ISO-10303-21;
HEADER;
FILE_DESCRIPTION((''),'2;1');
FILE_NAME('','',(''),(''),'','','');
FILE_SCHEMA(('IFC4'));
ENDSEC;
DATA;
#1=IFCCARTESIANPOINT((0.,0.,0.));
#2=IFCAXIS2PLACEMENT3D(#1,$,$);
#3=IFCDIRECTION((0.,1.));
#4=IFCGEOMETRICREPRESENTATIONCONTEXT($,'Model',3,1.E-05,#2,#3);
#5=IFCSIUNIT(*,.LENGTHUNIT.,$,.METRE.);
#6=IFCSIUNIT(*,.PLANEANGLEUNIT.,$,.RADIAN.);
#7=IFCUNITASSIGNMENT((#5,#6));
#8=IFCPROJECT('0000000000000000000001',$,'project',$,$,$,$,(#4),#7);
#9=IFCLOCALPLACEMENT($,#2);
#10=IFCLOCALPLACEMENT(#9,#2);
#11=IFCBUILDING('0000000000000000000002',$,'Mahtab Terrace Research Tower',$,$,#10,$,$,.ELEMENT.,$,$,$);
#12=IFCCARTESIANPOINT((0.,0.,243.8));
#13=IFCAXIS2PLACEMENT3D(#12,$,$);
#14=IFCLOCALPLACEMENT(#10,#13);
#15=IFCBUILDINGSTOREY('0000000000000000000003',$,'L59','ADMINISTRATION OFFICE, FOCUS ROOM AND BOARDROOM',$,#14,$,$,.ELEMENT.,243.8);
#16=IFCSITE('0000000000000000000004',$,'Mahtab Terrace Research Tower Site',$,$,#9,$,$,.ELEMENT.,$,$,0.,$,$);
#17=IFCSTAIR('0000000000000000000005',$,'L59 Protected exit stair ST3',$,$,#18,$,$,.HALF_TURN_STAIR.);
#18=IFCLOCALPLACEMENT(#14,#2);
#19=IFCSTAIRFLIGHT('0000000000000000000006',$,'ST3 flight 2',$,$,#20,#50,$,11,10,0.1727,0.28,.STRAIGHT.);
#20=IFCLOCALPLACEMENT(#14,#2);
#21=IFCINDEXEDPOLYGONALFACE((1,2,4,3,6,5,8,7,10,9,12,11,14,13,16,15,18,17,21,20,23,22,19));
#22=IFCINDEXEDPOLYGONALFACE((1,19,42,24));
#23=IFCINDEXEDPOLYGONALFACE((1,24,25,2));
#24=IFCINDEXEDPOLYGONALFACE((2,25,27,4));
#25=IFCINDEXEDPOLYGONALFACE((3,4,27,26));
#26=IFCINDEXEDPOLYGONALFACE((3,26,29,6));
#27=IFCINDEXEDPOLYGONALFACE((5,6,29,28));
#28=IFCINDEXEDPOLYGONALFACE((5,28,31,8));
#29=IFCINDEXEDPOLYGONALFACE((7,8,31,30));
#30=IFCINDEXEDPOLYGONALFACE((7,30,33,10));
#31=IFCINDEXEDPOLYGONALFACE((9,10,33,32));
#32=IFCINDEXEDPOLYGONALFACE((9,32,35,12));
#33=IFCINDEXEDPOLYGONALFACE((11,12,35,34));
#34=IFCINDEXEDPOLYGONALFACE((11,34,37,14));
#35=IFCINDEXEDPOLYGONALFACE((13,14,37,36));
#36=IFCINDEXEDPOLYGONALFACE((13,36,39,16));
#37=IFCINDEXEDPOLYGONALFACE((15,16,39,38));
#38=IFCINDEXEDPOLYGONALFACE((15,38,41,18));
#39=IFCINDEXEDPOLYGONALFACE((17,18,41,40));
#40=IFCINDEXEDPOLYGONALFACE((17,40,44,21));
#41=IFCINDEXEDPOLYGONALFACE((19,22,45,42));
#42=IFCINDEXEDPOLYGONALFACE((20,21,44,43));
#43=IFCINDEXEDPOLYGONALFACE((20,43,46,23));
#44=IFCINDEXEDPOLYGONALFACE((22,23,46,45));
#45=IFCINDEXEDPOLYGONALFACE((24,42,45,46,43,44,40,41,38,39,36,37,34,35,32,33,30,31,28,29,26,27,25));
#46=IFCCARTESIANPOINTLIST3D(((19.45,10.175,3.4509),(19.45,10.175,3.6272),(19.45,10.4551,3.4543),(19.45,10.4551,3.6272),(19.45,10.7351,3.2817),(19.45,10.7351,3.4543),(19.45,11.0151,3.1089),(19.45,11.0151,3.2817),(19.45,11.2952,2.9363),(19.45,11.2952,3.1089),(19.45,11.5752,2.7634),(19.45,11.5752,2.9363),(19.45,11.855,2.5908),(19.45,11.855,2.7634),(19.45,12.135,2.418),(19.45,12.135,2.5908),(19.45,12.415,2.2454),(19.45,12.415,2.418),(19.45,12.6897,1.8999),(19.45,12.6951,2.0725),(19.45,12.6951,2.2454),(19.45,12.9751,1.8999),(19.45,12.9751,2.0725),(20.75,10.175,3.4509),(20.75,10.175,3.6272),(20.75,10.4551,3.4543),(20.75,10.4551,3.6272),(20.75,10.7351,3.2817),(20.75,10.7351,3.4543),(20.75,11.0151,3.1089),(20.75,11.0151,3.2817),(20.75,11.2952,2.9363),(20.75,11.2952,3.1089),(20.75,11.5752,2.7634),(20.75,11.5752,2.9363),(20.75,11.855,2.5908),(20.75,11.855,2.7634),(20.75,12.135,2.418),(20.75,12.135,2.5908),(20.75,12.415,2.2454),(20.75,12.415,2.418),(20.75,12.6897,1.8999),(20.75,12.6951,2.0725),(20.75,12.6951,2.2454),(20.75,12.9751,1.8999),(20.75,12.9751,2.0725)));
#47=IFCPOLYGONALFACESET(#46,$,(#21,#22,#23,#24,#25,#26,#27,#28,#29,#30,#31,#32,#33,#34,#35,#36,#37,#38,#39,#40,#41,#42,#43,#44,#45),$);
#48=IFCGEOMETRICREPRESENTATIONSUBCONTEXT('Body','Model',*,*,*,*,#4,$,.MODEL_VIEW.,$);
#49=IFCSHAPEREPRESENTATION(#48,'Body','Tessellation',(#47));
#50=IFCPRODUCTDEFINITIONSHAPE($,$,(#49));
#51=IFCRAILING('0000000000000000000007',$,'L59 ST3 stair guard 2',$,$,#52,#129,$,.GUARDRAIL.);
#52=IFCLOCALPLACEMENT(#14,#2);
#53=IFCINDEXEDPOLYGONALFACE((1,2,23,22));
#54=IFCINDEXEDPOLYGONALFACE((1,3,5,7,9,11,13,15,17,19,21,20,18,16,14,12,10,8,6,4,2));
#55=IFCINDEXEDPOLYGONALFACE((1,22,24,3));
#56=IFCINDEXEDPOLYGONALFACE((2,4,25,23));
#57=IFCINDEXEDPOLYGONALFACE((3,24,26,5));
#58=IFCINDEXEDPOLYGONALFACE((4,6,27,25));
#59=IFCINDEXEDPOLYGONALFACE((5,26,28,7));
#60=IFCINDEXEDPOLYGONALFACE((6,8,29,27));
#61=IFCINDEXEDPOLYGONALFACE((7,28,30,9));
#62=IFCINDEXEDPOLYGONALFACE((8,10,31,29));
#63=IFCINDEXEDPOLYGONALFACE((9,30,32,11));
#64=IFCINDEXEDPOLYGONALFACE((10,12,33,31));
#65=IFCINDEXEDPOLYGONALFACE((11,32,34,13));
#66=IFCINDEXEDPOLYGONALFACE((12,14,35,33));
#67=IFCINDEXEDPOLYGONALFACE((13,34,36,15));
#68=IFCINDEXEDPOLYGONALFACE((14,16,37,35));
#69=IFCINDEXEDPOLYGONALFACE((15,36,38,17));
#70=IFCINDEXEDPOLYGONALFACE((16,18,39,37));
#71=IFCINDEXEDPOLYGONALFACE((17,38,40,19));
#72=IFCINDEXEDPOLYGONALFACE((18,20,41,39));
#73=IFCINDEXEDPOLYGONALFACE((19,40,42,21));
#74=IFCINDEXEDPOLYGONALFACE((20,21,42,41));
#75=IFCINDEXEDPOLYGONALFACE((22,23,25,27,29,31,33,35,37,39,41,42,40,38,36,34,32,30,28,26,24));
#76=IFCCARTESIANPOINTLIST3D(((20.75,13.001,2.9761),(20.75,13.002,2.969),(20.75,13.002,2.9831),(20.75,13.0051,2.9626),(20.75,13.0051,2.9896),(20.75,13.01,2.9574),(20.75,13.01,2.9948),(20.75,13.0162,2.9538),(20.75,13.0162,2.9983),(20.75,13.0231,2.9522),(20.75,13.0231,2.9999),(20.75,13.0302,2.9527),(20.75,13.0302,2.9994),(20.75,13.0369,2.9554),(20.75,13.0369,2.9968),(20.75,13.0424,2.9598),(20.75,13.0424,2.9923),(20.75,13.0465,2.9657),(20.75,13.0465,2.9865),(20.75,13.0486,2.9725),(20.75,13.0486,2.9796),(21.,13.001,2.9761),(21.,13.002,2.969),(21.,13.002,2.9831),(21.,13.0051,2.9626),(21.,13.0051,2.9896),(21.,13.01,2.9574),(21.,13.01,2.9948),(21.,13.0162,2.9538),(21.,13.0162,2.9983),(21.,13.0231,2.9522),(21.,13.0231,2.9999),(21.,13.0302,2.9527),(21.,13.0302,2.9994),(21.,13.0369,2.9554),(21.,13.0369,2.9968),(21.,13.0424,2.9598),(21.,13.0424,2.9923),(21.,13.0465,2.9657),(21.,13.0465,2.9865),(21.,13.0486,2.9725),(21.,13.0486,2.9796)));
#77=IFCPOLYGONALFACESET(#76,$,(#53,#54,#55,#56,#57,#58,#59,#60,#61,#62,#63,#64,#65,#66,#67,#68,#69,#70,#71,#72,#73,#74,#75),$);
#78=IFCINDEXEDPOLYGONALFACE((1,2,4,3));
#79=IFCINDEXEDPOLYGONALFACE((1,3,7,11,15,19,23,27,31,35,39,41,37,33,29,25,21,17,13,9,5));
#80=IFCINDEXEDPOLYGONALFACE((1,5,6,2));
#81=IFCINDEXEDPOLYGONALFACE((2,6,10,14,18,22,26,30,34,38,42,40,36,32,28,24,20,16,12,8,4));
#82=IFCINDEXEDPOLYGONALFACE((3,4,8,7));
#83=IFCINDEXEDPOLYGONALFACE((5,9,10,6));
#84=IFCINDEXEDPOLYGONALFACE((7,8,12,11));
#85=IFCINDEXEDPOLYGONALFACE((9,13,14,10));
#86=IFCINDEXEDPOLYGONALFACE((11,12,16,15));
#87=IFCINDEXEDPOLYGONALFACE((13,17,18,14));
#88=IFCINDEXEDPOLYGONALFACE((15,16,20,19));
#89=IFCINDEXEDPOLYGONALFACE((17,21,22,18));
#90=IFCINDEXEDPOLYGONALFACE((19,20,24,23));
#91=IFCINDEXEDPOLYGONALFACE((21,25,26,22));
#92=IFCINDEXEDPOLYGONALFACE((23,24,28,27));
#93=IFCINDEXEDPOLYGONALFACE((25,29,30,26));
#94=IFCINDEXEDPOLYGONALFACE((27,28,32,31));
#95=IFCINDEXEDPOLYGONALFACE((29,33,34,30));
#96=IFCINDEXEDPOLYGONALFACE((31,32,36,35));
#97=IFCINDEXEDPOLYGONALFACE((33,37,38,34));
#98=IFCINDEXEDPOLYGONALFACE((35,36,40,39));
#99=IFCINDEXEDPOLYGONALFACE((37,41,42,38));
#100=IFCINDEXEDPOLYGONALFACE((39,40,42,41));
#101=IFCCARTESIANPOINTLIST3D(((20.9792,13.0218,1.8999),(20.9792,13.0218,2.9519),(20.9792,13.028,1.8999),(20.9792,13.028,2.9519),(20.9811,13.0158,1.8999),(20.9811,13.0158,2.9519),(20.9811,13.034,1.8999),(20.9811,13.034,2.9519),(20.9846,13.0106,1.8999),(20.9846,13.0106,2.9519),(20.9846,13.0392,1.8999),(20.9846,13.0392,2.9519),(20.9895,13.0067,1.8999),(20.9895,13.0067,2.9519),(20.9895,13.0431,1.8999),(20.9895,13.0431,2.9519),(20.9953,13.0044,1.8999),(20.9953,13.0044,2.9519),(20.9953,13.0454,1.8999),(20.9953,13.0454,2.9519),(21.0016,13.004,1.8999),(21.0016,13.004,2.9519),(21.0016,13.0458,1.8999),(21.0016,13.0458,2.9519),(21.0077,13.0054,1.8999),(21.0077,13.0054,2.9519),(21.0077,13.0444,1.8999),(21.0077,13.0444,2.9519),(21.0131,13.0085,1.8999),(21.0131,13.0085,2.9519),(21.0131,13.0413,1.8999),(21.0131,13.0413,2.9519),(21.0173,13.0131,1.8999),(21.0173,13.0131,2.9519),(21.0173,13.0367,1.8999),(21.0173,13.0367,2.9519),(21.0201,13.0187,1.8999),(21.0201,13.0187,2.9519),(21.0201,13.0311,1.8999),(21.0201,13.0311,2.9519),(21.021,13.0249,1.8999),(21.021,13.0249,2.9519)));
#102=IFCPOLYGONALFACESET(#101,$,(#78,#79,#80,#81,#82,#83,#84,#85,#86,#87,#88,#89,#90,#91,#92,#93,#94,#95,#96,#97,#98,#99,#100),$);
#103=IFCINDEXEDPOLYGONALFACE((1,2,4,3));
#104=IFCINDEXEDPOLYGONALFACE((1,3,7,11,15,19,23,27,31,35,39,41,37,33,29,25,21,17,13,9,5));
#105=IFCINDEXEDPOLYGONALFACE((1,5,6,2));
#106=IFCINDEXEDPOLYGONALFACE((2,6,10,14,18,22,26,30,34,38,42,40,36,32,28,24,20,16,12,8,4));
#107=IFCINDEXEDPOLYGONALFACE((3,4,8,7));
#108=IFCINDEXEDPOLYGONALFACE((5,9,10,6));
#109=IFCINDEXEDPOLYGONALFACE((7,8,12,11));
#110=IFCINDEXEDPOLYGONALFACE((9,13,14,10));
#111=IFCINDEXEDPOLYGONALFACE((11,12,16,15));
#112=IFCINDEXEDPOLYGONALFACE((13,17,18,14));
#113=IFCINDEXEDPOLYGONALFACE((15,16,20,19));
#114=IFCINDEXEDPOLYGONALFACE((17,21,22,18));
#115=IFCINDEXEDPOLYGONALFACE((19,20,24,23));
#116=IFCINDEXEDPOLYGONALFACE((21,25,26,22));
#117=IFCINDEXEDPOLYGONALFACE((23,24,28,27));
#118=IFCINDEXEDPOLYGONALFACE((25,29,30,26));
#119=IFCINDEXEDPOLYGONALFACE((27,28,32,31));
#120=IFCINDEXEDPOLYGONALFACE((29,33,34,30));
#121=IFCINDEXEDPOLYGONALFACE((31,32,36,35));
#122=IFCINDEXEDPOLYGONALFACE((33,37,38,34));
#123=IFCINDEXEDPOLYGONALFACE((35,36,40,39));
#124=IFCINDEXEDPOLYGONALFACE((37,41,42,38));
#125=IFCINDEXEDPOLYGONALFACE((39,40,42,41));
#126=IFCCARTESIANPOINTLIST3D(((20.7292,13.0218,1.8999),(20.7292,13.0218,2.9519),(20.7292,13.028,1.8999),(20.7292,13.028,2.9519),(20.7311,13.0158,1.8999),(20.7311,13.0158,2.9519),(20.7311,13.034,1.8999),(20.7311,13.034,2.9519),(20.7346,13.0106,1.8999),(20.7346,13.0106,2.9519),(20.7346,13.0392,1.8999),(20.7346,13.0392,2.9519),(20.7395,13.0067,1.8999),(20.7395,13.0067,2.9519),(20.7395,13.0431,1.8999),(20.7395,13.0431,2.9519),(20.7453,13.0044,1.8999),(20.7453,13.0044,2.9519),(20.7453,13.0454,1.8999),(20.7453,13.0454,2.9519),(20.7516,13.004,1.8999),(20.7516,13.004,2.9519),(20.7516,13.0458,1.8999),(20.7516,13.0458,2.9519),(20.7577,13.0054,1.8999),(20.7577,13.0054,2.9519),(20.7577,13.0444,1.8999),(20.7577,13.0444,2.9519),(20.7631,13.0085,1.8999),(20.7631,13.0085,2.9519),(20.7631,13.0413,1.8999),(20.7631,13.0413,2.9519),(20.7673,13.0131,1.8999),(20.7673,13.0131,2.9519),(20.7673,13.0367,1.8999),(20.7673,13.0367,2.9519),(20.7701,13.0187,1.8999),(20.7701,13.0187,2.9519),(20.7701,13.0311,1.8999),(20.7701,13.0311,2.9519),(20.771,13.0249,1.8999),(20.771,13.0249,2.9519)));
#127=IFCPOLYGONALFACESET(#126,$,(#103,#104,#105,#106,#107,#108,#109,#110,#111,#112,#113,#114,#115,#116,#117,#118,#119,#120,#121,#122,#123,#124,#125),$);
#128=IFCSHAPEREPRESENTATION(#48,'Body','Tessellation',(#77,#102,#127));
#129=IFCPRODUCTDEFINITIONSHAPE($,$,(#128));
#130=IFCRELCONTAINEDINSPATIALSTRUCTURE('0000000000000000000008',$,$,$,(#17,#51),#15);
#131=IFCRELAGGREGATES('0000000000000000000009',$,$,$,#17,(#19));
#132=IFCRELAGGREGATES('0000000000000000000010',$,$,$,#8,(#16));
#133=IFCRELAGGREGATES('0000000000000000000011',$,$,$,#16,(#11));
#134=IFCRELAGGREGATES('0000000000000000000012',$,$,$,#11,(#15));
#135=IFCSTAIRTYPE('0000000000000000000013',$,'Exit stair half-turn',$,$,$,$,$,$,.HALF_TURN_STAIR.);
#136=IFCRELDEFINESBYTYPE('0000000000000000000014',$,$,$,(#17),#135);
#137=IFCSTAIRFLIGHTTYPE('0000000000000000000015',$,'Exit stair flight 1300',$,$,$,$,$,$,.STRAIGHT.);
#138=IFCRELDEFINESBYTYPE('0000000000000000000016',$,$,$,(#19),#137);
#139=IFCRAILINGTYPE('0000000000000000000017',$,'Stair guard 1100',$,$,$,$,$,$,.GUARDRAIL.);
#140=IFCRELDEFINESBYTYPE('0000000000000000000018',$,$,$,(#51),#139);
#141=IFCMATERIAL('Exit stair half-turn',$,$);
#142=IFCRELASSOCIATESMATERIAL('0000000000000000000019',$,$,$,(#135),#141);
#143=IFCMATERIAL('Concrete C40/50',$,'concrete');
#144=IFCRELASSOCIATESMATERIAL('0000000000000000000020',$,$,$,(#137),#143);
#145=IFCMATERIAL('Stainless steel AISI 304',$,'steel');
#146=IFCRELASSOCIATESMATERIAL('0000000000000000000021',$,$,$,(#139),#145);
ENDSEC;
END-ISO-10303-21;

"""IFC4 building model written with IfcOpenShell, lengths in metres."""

from ifc_helpers import new_model, si_unit, direction, frame, origin, origin_2d, place, context, subcontext, project, spatial, polyline, circle, outline, extrude, material, type_object, element, aggregate, save


model = new_model("IFC4")

# Units and contexts
model_context = context("Model", 3, precision=1e-05, world=origin(), true_north=direction((0.0, 1.0)))
body_context = subcontext(model_context, "Body", "Model", "MODEL_VIEW")
ifc_project = project(units=[si_unit("LENGTHUNIT", "METRE"), si_unit("PLANEANGLEUNIT", "RADIAN")], contexts=[model_context])

# Site, building, storey
site_placement = place(None, origin())
site = spatial("IfcSite", under=ifc_project, at=site_placement, Name="Mahtab Terrace Research Tower Site", CompositionType="ELEMENT", RefElevation=0.0)
building_placement = place(site_placement, origin())
building = spatial("IfcBuilding", under=site, at=building_placement, Name="Mahtab Terrace Research Tower", CompositionType="ELEMENT")
storey_placement = place(building_placement, frame((0.0, 0.0, 243.8)))
storey = spatial("IfcBuildingStorey", under=building, at=storey_placement, Name="L59", Description="ADMINISTRATION OFFICE, FOCUS ROOM AND BOARDROOM", CompositionType="ELEMENT", Elevation=243.8)

# Shared definitions
ifc_material_1 = material(Name="Stainless steel AISI 304", Category="steel")

# Stair, stair flight
ifc_material_2 = material(Name="Exit stair half-turn")
stair_type = type_object("IfcStairType", Name="Exit stair half-turn", PredefinedType="HALF_TURN_STAIR", material=ifc_material_2)
stair_placement = place(storey_placement, origin())
stair = element("IfcStair", 1, at=stair_placement, inside=storey, type_object=stair_type, Name="L59 Protected exit stair ST3", PredefinedType="HALF_TURN_STAIR")
ifc_material_3 = material(Name="Concrete C40/50", Category="concrete")
stair_flight_type = type_object("IfcStairFlightType", Name="Exit stair flight 1300", PredefinedType="STRAIGHT", material=ifc_material_3)
stair_flight_placement = place(storey_placement, frame((20.1001, 12.9751, 1.8999), z_axis=(0.0, 0.0, 1.0), x_axis=(0.0, -1.0, 0.0)))
stair_flight = element("IfcStairFlight", 2, at=stair_flight_placement, type_object=stair_flight_type, Name="ST3 flight 2", NumberOfRisers=11, NumberOfTreads=10, PredefinedType="STRAIGHT", RiserHeight=0.1727, TreadLength=0.28, context=body_context, shape_type="SweptSolid", body=[
    extrude(outline(polyline([(0.0, 0.0), (0.0, 0.1726), (0.28, 0.1726), (0.28, 0.3455), (0.5601, 0.3455), (0.5601, 0.5181), (0.8401, 0.5181), (0.8401, 0.6909), (1.1201, 0.6909), (1.1201, 0.8635), (1.3999, 0.8635), (1.3999, 1.0364), (1.6799, 1.0364), (1.6799, 1.209), (1.96, 1.209), (1.96, 1.3818), (2.24, 1.3818), (2.24, 1.5544), (2.52, 1.5544), (2.52, 1.7273), (2.8, 1.7273), (2.8, 1.8999), (2.8, 1.551), (0.2854, 0.0), (0.0, 0.0)])), frame((0.0, 0.6499, 0.0), z_axis=(0.0, -1.0, 0.0), x_axis=(1.0, 0.0, 0.0)), (0.0, 0.0, 1.0), 1.3),
])
aggregate(stair, [stair_flight])

# Railing
railing_type_1 = type_object("IfcRailingType", Name="Stair guard 1100", PredefinedType="GUARDRAIL", material=ifc_material_1)
railing_1_placement = place(storey_placement, frame((21.0, 13.0249, 1.8999)))
element("IfcRailing", 3, at=railing_1_placement, inside=storey, type_object=railing_type_1, Name="L59 ST3 stair guard 2", PredefinedType="GUARDRAIL", context=body_context, shape_type="SweptSolid", body=[
    extrude(circle(Radius=0.0239, at=origin_2d()), frame((0.0, 0.0, 1.0762), z_axis=(-1.0, 0.0, 0.0), x_axis=(0.0, -1.0, 0.0)), (0.0, 0.0, 1.0), 0.25),
    extrude(circle(Radius=0.021, at=origin_2d()), origin(), (0.0, 0.0, 1.0), 1.052),
    extrude(circle(Radius=0.021, at=origin_2d()), frame((-0.25, 0.0, 0.0)), (0.0, 0.0, 1.0), 1.052),
])

save(model, "model.ifc")
